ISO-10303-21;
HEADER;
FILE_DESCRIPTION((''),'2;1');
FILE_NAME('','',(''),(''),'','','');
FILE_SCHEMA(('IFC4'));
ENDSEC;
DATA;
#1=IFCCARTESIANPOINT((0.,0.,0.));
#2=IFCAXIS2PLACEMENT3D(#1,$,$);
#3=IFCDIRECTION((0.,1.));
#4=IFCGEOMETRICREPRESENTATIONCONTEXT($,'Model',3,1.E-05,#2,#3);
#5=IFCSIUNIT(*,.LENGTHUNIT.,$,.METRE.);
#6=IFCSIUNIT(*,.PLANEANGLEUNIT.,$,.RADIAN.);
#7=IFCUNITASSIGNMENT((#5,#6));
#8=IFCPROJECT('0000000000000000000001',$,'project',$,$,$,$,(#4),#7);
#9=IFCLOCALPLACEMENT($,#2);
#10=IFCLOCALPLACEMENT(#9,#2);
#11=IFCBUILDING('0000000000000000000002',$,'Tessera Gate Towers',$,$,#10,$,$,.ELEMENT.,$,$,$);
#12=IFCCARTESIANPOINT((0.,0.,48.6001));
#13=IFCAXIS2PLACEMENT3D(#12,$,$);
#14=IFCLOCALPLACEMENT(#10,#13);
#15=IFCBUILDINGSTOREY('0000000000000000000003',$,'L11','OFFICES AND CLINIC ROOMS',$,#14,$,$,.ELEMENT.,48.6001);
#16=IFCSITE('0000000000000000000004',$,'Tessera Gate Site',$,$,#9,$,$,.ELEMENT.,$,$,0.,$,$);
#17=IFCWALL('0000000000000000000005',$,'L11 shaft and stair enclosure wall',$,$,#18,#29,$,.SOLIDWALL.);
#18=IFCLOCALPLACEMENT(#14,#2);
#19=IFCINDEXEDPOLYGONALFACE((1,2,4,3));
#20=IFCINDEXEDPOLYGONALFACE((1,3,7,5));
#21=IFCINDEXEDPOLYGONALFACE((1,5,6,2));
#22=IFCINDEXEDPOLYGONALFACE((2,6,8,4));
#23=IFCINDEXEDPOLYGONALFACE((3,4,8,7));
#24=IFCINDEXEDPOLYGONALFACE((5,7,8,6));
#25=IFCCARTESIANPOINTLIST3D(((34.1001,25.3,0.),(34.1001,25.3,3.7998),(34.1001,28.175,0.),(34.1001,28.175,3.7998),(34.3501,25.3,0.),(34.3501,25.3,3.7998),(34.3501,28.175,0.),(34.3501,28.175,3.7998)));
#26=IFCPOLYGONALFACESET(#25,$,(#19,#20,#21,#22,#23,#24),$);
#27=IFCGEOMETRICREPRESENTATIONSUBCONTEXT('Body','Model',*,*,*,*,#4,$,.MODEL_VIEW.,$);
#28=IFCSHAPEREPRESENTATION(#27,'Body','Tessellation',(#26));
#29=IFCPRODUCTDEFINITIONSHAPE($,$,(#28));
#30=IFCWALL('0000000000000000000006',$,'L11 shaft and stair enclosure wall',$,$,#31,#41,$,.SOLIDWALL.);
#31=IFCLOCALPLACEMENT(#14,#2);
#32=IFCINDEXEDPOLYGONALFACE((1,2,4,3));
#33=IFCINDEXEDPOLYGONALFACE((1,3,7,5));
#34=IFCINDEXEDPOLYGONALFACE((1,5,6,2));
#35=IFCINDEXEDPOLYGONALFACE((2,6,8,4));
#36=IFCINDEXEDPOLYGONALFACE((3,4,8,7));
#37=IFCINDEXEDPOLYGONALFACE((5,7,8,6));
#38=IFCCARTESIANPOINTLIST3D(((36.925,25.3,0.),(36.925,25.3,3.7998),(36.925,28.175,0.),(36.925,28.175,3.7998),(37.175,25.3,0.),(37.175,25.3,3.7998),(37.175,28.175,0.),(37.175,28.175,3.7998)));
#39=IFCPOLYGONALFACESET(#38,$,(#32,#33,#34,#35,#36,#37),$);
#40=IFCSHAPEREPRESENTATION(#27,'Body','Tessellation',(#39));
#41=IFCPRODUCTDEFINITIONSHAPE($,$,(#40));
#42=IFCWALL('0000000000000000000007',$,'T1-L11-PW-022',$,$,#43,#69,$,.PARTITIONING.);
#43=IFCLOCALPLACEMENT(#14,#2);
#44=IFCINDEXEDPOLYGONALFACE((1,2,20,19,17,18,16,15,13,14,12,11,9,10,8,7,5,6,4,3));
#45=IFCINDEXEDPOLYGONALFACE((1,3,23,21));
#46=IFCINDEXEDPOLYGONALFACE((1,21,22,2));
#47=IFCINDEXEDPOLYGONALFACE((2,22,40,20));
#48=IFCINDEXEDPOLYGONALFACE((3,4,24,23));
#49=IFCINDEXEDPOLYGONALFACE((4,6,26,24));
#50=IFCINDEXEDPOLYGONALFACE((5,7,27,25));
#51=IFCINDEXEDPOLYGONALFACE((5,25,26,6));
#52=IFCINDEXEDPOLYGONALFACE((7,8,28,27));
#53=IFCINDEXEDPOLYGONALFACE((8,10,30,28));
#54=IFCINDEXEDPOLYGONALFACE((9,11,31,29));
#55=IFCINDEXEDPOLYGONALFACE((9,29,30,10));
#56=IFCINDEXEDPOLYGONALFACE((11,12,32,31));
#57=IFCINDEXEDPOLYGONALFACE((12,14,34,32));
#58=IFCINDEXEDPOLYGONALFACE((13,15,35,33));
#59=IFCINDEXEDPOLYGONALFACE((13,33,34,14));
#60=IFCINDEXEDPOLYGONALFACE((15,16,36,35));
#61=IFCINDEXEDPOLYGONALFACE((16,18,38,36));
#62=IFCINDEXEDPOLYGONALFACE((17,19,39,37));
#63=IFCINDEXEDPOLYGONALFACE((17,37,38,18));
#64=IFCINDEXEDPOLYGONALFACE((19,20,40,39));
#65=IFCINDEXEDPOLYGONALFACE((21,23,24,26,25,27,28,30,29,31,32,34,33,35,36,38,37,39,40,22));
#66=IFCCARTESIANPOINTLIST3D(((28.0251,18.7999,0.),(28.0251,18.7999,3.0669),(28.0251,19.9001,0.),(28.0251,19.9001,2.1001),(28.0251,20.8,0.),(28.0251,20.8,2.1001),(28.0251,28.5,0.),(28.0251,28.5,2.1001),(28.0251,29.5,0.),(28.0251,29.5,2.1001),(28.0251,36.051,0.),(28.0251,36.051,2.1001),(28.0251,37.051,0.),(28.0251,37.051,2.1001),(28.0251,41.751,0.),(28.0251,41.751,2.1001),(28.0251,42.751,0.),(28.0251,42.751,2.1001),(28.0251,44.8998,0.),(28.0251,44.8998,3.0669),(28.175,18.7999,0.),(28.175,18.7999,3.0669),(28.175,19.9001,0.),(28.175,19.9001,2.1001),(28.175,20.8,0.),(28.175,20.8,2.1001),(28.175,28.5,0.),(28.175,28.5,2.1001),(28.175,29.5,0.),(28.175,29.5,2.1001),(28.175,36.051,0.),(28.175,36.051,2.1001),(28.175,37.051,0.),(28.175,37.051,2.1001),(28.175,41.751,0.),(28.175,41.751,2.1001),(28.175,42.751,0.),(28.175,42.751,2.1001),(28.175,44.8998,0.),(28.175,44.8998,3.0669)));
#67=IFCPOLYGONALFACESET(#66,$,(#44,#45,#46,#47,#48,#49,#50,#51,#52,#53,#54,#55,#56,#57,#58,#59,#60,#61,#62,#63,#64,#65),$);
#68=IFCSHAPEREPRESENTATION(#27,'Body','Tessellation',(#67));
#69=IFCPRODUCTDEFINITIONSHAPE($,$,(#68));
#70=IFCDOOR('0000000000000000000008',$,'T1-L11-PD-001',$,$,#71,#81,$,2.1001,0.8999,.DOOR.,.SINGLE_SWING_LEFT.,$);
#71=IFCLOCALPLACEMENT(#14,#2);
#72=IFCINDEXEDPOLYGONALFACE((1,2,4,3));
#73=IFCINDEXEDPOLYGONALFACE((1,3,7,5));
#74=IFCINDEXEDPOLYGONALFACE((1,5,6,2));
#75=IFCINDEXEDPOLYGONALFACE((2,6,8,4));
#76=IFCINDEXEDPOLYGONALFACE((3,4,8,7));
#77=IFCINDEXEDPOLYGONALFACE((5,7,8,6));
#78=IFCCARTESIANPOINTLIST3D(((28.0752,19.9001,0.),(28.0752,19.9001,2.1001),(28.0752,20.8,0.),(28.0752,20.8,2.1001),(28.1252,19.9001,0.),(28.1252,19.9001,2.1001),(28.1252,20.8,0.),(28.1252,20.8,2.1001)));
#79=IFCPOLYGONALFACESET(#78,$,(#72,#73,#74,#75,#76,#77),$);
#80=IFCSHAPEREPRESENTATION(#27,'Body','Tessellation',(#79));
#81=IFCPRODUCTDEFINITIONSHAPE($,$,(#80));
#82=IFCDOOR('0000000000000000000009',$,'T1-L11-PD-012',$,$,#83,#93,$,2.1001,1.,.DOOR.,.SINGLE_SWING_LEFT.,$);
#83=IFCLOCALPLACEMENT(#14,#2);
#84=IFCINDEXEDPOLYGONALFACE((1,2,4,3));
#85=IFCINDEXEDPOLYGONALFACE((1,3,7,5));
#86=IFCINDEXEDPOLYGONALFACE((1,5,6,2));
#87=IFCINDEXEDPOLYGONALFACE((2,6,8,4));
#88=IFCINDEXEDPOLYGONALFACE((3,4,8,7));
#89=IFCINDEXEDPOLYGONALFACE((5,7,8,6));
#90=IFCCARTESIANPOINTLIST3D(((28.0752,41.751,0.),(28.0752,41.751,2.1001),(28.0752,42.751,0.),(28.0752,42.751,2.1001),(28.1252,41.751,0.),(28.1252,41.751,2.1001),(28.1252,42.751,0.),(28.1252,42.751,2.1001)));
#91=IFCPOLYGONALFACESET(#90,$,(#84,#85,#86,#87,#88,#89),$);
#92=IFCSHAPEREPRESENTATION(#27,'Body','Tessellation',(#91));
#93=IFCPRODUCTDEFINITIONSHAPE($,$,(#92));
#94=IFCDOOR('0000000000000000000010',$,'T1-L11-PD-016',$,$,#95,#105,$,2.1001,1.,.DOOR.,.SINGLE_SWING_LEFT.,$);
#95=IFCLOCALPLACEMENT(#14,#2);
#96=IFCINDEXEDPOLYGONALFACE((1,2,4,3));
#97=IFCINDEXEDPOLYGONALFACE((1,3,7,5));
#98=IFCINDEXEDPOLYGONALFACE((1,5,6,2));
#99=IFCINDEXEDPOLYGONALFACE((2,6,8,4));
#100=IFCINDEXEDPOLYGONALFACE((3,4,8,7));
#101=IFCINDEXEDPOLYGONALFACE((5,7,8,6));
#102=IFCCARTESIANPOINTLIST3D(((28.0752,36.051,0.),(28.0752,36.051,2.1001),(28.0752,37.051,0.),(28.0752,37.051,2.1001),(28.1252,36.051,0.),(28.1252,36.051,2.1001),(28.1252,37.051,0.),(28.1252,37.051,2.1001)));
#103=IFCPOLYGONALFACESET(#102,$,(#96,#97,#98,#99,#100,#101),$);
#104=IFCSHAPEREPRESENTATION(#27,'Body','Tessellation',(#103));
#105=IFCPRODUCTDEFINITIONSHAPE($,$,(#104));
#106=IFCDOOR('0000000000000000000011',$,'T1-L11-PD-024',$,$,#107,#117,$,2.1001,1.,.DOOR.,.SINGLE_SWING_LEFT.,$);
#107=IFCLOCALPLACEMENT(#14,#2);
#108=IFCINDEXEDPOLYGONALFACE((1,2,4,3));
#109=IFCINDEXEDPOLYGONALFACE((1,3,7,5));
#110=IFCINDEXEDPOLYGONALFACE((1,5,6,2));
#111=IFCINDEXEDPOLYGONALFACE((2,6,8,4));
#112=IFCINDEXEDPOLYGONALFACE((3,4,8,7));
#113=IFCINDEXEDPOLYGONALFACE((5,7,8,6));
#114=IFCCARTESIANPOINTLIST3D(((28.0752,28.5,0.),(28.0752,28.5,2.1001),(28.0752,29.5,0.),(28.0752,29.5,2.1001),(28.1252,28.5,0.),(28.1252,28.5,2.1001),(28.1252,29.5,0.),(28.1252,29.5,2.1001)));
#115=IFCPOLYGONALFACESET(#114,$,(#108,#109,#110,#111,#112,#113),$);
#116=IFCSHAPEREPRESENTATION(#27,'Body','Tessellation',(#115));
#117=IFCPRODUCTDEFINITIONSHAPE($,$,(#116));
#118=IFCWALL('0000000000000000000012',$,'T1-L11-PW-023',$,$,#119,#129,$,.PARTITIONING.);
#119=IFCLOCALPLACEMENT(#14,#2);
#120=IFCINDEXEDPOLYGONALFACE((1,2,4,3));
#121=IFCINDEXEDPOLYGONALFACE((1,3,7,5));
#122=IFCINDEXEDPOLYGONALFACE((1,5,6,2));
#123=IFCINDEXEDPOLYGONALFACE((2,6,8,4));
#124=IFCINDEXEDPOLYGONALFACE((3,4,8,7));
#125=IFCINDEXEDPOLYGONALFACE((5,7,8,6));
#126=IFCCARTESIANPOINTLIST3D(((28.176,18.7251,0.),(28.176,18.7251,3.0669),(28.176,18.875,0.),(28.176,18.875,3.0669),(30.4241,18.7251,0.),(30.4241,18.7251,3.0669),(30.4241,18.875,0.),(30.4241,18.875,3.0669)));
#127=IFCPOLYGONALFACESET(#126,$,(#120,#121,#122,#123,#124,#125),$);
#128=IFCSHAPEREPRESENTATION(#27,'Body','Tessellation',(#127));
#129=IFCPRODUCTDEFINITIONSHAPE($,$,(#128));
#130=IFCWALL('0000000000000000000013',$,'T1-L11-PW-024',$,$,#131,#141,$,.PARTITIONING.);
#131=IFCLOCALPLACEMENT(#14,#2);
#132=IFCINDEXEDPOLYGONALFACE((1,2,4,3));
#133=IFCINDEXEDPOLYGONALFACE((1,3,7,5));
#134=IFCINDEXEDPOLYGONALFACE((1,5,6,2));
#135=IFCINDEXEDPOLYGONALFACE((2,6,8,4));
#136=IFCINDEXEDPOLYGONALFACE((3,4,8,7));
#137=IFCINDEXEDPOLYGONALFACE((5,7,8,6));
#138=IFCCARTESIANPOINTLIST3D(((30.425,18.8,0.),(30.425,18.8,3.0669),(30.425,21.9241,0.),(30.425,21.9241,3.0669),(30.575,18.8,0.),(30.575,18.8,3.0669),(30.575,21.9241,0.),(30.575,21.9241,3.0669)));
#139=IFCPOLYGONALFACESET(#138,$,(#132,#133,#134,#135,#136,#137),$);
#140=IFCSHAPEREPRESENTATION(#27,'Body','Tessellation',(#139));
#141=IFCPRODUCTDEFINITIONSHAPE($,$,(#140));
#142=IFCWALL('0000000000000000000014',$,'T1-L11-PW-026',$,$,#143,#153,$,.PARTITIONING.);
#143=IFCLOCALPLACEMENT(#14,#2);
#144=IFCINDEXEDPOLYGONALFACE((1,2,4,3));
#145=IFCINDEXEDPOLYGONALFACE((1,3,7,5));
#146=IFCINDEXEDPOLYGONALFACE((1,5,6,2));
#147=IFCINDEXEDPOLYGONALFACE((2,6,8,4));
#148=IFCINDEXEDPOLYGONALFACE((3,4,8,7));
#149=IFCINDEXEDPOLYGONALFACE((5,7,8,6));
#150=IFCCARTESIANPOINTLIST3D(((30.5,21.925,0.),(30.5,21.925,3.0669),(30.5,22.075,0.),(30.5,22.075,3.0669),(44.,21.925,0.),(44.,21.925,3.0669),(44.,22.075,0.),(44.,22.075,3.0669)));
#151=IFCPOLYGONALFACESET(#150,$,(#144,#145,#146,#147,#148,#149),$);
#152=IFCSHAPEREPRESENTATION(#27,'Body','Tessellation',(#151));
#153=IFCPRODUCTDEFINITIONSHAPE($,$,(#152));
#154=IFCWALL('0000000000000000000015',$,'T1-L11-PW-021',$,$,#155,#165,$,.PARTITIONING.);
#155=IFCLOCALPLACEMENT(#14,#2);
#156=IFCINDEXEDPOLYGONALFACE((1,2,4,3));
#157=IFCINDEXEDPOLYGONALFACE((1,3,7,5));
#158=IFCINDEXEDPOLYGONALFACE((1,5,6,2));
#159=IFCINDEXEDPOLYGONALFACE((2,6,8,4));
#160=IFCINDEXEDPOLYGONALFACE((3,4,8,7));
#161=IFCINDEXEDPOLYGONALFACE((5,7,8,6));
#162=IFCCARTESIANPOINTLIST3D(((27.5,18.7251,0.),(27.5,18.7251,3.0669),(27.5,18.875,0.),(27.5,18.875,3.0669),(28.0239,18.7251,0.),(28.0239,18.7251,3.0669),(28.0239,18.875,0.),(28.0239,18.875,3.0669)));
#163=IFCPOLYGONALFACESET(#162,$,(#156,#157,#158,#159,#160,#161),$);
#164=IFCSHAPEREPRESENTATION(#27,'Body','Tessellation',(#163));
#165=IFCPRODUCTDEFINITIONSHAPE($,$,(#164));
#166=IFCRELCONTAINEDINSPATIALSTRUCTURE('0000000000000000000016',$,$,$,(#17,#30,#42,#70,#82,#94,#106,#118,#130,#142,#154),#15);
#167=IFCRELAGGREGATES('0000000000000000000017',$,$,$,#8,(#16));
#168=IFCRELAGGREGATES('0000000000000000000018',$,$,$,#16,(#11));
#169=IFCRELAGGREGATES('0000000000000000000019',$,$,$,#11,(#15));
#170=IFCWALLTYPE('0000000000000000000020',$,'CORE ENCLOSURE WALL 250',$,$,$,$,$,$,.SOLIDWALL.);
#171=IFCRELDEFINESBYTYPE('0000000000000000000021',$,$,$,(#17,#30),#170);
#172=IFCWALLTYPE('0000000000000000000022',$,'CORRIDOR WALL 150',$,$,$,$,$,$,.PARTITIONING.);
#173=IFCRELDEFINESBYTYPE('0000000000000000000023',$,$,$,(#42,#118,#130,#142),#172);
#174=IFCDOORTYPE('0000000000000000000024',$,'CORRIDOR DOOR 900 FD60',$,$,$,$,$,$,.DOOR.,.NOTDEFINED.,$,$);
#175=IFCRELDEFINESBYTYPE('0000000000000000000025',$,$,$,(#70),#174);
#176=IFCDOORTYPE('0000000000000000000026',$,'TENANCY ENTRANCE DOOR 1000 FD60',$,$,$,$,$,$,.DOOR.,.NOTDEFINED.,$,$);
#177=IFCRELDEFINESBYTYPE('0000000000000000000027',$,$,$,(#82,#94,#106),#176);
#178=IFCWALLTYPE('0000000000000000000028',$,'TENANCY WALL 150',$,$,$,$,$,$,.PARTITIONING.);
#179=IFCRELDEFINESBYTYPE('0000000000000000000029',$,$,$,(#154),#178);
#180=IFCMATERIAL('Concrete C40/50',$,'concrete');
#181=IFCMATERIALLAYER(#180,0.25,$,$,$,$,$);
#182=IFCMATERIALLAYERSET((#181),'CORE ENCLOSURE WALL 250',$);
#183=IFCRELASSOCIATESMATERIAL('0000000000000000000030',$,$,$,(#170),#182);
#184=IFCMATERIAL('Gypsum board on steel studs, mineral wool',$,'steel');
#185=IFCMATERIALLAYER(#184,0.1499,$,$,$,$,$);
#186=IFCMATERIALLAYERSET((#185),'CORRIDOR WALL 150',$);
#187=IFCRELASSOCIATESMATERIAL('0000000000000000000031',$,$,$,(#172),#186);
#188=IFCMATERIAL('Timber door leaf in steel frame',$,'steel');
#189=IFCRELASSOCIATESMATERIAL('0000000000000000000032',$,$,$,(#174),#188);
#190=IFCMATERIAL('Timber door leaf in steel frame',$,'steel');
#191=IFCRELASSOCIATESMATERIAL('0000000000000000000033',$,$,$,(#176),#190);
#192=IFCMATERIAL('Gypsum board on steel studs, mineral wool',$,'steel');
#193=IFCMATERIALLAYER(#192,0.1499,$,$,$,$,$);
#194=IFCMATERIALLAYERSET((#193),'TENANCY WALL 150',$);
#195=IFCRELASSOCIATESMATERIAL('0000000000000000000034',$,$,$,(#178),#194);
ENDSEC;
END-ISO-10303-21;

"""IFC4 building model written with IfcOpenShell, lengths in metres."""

from ifc_helpers import new_model, si_unit, direction, frame, frame_2d, origin, place, context, subcontext, project, spatial, rectangle, extrude, source, transform, mapped, material, layer, layer_set, type_object, element, fill, save


model = new_model("IFC4")

# Units and contexts
model_context = context("Model", 3, precision=1e-05, world=origin(), true_north=direction((0.0, 1.0)))
body_context = subcontext(model_context, "Body", "Model", "MODEL_VIEW")
ifc_project = project(units=[si_unit("LENGTHUNIT", "METRE"), si_unit("PLANEANGLEUNIT", "RADIAN")], contexts=[model_context])

# Site, building, storey
site_placement = place(None, origin())
site = spatial("IfcSite", under=ifc_project, at=site_placement, Name="Tessera Gate Site", CompositionType="ELEMENT", RefElevation=0.0)
building_placement = place(site_placement, origin())
building = spatial("IfcBuilding", under=site, at=building_placement, Name="Tessera Gate Towers", CompositionType="ELEMENT")
storey_placement = place(building_placement, frame((0.0, 0.0, 48.6001)))
storey = spatial("IfcBuildingStorey", under=building, at=storey_placement, Name="L11", Description="OFFICES AND CLINIC ROOMS", CompositionType="ELEMENT", Elevation=48.6001)

# Shared definitions
ifc_material_1 = material(Name="Concrete C40/50", Category="concrete")
ifc_layer_1 = layer(ifc_material_1, 0.25)
ifc_layer_set_1 = layer_set([ifc_layer_1], Name="CORE ENCLOSURE WALL 250")
wall_type_1 = type_object("IfcWallType", Name="CORE ENCLOSURE WALL 250", PredefinedType="SOLIDWALL", material=ifc_layer_set_1)

# Walls
for number, where, z_axis, x_axis, name in (
    (1, (34.2251, 25.3, 0.0), (0.0, 0.0, 1.0), (0.0, 1.0, 0.0), "L11 shaft and stair enclosure wall"),
    (2, (37.05, 25.3, 0.0), (0.0, 0.0, 1.0), (0.0, 1.0, 0.0), "L11 shaft and stair enclosure wall"),
):
    element("IfcWall", number, at=place(storey_placement, frame(where, z_axis=z_axis, x_axis=x_axis)), inside=storey, type_object=wall_type_1, Name=name, PredefinedType="SOLIDWALL", context=body_context, shape_type="SweptSolid", body=[
        extrude(rectangle(XDim=2.875, YDim=0.25, at=frame_2d((1.4375, 0.0))), origin(), (0.0, 0.0, 1.0), 3.7998),
    ])

# Wall, openings, doors
ifc_material_2 = material(Name="Gypsum board on steel studs, mineral wool", Category="steel")
ifc_layer_2 = layer(ifc_material_2, 0.1499)
ifc_layer_set_2 = layer_set([ifc_layer_2], Name="CORRIDOR WALL 150")
wall_type_2 = type_object("IfcWallType", Name="CORRIDOR WALL 150", PredefinedType="PARTITIONING", material=ifc_layer_set_2)
wall_1_placement = place(storey_placement, frame((28.1001, 18.8, 0.0), z_axis=(0.0, 0.0, 1.0), x_axis=(0.0, 1.0, 0.0)))
wall_1 = element("IfcWall", 3, at=wall_1_placement, inside=storey, type_object=wall_type_2, Name="T1-L11-PW-022", PredefinedType="PARTITIONING", context=body_context, shape_type="SweptSolid", body=[
    extrude(rectangle(XDim=26.0999, YDim=0.1499, at=frame_2d((13.0498, 0.0))), origin(), (0.0, 0.0, 1.0), 3.0669),
])
shared_shape_1 = source(origin(), body_context, "Body", "SweptSolid", [
    extrude(rectangle(XDim=0.8999, YDim=2.1001, at=frame_2d((0.45, 1.05))), frame((0.0, 0.085, 0.0), z_axis=(0.0, -1.0, 0.0), x_axis=(1.0, 0.0, 0.0)), (0.0, 0.0, 1.0), 0.1699),
])
opening_1_placement = place(wall_1_placement, frame((1.1001, 0.0, 0.0)))
opening_1 = element("IfcOpeningElement", 4, at=opening_1_placement, cuts=wall_1, PredefinedType="OPENING", context=body_context, shape_type="MappedRepresentation", body=[
    mapped(shared_shape_1, transform((0.0, 0.0, 0.0), scale=1.0)),
])
shared_shape_2 = source(origin(), body_context, "Body", "SweptSolid", [
    extrude(rectangle(XDim=1.0, YDim=2.1001, at=frame_2d((0.5, 1.05))), frame((0.0, 0.085, 0.0), z_axis=(0.0, -1.0, 0.0), x_axis=(1.0, 0.0, 0.0)), (0.0, 0.0, 1.0), 0.1699),
])
opening_2_placement = place(wall_1_placement, frame((22.9509, 0.0, 0.0)))
opening_2 = element("IfcOpeningElement", 5, at=opening_2_placement, cuts=wall_1, PredefinedType="OPENING", context=body_context, shape_type="MappedRepresentation", body=[
    mapped(shared_shape_2, transform((0.0, 0.0, 0.0), scale=1.0)),
])
opening_3_placement = place(wall_1_placement, frame((17.251, 0.0, 0.0)))
opening_3 = element("IfcOpeningElement", 6, at=opening_3_placement, cuts=wall_1, PredefinedType="OPENING", context=body_context, shape_type="MappedRepresentation", body=[
    mapped(shared_shape_2, transform((0.0, 0.0, 0.0), scale=1.0)),
])
opening_4_placement = place(wall_1_placement, frame((9.7, 0.0, 0.0)))
opening_4 = element("IfcOpeningElement", 7, at=opening_4_placement, cuts=wall_1, PredefinedType="OPENING", context=body_context, shape_type="MappedRepresentation", body=[
    mapped(shared_shape_2, transform((0.0, 0.0, 0.0), scale=1.0)),
])
ifc_material_3 = material(Name="Timber door leaf in steel frame", Category="steel")
door_type_1 = type_object("IfcDoorType", Name="CORRIDOR DOOR 900 FD60", OperationType="NOTDEFINED", PredefinedType="DOOR", material=ifc_material_3)
shared_shape_3 = source(origin(), body_context, "Body", "SweptSolid", [
    extrude(rectangle(XDim=0.8999, YDim=2.1001, at=frame_2d((0.45, 1.05))), frame((0.0, 0.0249, 0.0), z_axis=(0.0, -1.0, 0.0), x_axis=(1.0, 0.0, 0.0)), (0.0, 0.0, 1.0), 0.05),
])
door_1_placement = place(opening_1_placement, origin())
door_1 = element("IfcDoor", 8, at=door_1_placement, inside=storey, type_object=door_type_1, Name="T1-L11-PD-001", OperationType="SINGLE_SWING_LEFT", OverallHeight=2.1001, OverallWidth=0.8999, PredefinedType="DOOR", context=body_context, shape_type="MappedRepresentation", body=[
    mapped(shared_shape_3, transform((0.0, 0.0, 0.0), scale=1.0)),
])
fill(opening_1, door_1)
ifc_material_4 = material(Name="Timber door leaf in steel frame", Category="steel")
door_type_2 = type_object("IfcDoorType", Name="TENANCY ENTRANCE DOOR 1000 FD60", OperationType="NOTDEFINED", PredefinedType="DOOR", material=ifc_material_4)
shared_shape_4 = source(origin(), body_context, "Body", "SweptSolid", [
    extrude(rectangle(XDim=1.0, YDim=2.1001, at=frame_2d((0.5, 1.05))), frame((0.0, 0.0249, 0.0), z_axis=(0.0, -1.0, 0.0), x_axis=(1.0, 0.0, 0.0)), (0.0, 0.0, 1.0), 0.05),
])
door_2_placement = place(opening_2_placement, origin())
door_2 = element("IfcDoor", 9, at=door_2_placement, inside=storey, type_object=door_type_2, Name="T1-L11-PD-012", OperationType="SINGLE_SWING_LEFT", OverallHeight=2.1001, OverallWidth=1.0, PredefinedType="DOOR", context=body_context, shape_type="MappedRepresentation", body=[
    mapped(shared_shape_4, transform((0.0, 0.0, 0.0), scale=1.0)),
])
fill(opening_2, door_2)
door_3_placement = place(opening_3_placement, origin())
door_3 = element("IfcDoor", 10, at=door_3_placement, inside=storey, type_object=door_type_2, Name="T1-L11-PD-016", OperationType="SINGLE_SWING_LEFT", OverallHeight=2.1001, OverallWidth=1.0, PredefinedType="DOOR", context=body_context, shape_type="MappedRepresentation", body=[
    mapped(shared_shape_4, transform((0.0, 0.0, 0.0), scale=1.0)),
])
fill(opening_3, door_3)
door_4_placement = place(opening_4_placement, origin())
door_4 = element("IfcDoor", 11, at=door_4_placement, inside=storey, type_object=door_type_2, Name="T1-L11-PD-024", OperationType="SINGLE_SWING_LEFT", OverallHeight=2.1001, OverallWidth=1.0, PredefinedType="DOOR", context=body_context, shape_type="MappedRepresentation", body=[
    mapped(shared_shape_4, transform((0.0, 0.0, 0.0), scale=1.0)),
])
fill(opening_4, door_4)

# Walls
wall_2_placement = place(storey_placement, frame((28.176, 18.8, 0.0), z_axis=(0.0, 0.0, 1.0), x_axis=(1.0, 0.0, 0.0)))
element("IfcWall", 12, at=wall_2_placement, inside=storey, type_object=wall_type_2, Name="T1-L11-PW-023", PredefinedType="PARTITIONING", context=body_context, shape_type="SweptSolid", body=[
    extrude(rectangle(XDim=2.248, YDim=0.1499, at=frame_2d((1.124, 0.0))), origin(), (0.0, 0.0, 1.0), 3.0669),
])
wall_3_placement = place(storey_placement, frame((30.5, 18.8, 0.0), z_axis=(0.0, 0.0, 1.0), x_axis=(0.0, 1.0, 0.0)))
element("IfcWall", 13, at=wall_3_placement, inside=storey, type_object=wall_type_2, Name="T1-L11-PW-024", PredefinedType="PARTITIONING", context=body_context, shape_type="SweptSolid", body=[
    extrude(rectangle(XDim=3.124, YDim=0.1499, at=frame_2d((1.562, 0.0))), origin(), (0.0, 0.0, 1.0), 3.0669),
])
wall_4_placement = place(storey_placement, frame((30.5, 22.0, 0.0), z_axis=(0.0, 0.0, 1.0), x_axis=(1.0, 0.0, 0.0)))
element("IfcWall", 14, at=wall_4_placement, inside=storey, type_object=wall_type_2, Name="T1-L11-PW-026", PredefinedType="PARTITIONING", context=body_context, shape_type="SweptSolid", body=[
    extrude(rectangle(XDim=13.5, YDim=0.1499, at=frame_2d((6.75, 0.0))), origin(), (0.0, 0.0, 1.0), 3.0669),
])
ifc_material_5 = material(Name="Gypsum board on steel studs, mineral wool", Category="steel")
ifc_layer_3 = layer(ifc_material_5, 0.1499)
ifc_layer_set_3 = layer_set([ifc_layer_3], Name="TENANCY WALL 150")
wall_type_3 = type_object("IfcWallType", Name="TENANCY WALL 150", PredefinedType="PARTITIONING", material=ifc_layer_set_3)
wall_5_placement = place(storey_placement, frame((27.5, 18.8, 0.0), z_axis=(0.0, 0.0, 1.0), x_axis=(1.0, 0.0, 0.0)))
element("IfcWall", 15, at=wall_5_placement, inside=storey, type_object=wall_type_3, Name="T1-L11-PW-021", PredefinedType="PARTITIONING", context=body_context, shape_type="SweptSolid", body=[
    extrude(rectangle(XDim=0.5239, YDim=0.1499, at=frame_2d((0.262, 0.0))), origin(), (0.0, 0.0, 1.0), 3.0669),
])

save(model, "model.ifc")
